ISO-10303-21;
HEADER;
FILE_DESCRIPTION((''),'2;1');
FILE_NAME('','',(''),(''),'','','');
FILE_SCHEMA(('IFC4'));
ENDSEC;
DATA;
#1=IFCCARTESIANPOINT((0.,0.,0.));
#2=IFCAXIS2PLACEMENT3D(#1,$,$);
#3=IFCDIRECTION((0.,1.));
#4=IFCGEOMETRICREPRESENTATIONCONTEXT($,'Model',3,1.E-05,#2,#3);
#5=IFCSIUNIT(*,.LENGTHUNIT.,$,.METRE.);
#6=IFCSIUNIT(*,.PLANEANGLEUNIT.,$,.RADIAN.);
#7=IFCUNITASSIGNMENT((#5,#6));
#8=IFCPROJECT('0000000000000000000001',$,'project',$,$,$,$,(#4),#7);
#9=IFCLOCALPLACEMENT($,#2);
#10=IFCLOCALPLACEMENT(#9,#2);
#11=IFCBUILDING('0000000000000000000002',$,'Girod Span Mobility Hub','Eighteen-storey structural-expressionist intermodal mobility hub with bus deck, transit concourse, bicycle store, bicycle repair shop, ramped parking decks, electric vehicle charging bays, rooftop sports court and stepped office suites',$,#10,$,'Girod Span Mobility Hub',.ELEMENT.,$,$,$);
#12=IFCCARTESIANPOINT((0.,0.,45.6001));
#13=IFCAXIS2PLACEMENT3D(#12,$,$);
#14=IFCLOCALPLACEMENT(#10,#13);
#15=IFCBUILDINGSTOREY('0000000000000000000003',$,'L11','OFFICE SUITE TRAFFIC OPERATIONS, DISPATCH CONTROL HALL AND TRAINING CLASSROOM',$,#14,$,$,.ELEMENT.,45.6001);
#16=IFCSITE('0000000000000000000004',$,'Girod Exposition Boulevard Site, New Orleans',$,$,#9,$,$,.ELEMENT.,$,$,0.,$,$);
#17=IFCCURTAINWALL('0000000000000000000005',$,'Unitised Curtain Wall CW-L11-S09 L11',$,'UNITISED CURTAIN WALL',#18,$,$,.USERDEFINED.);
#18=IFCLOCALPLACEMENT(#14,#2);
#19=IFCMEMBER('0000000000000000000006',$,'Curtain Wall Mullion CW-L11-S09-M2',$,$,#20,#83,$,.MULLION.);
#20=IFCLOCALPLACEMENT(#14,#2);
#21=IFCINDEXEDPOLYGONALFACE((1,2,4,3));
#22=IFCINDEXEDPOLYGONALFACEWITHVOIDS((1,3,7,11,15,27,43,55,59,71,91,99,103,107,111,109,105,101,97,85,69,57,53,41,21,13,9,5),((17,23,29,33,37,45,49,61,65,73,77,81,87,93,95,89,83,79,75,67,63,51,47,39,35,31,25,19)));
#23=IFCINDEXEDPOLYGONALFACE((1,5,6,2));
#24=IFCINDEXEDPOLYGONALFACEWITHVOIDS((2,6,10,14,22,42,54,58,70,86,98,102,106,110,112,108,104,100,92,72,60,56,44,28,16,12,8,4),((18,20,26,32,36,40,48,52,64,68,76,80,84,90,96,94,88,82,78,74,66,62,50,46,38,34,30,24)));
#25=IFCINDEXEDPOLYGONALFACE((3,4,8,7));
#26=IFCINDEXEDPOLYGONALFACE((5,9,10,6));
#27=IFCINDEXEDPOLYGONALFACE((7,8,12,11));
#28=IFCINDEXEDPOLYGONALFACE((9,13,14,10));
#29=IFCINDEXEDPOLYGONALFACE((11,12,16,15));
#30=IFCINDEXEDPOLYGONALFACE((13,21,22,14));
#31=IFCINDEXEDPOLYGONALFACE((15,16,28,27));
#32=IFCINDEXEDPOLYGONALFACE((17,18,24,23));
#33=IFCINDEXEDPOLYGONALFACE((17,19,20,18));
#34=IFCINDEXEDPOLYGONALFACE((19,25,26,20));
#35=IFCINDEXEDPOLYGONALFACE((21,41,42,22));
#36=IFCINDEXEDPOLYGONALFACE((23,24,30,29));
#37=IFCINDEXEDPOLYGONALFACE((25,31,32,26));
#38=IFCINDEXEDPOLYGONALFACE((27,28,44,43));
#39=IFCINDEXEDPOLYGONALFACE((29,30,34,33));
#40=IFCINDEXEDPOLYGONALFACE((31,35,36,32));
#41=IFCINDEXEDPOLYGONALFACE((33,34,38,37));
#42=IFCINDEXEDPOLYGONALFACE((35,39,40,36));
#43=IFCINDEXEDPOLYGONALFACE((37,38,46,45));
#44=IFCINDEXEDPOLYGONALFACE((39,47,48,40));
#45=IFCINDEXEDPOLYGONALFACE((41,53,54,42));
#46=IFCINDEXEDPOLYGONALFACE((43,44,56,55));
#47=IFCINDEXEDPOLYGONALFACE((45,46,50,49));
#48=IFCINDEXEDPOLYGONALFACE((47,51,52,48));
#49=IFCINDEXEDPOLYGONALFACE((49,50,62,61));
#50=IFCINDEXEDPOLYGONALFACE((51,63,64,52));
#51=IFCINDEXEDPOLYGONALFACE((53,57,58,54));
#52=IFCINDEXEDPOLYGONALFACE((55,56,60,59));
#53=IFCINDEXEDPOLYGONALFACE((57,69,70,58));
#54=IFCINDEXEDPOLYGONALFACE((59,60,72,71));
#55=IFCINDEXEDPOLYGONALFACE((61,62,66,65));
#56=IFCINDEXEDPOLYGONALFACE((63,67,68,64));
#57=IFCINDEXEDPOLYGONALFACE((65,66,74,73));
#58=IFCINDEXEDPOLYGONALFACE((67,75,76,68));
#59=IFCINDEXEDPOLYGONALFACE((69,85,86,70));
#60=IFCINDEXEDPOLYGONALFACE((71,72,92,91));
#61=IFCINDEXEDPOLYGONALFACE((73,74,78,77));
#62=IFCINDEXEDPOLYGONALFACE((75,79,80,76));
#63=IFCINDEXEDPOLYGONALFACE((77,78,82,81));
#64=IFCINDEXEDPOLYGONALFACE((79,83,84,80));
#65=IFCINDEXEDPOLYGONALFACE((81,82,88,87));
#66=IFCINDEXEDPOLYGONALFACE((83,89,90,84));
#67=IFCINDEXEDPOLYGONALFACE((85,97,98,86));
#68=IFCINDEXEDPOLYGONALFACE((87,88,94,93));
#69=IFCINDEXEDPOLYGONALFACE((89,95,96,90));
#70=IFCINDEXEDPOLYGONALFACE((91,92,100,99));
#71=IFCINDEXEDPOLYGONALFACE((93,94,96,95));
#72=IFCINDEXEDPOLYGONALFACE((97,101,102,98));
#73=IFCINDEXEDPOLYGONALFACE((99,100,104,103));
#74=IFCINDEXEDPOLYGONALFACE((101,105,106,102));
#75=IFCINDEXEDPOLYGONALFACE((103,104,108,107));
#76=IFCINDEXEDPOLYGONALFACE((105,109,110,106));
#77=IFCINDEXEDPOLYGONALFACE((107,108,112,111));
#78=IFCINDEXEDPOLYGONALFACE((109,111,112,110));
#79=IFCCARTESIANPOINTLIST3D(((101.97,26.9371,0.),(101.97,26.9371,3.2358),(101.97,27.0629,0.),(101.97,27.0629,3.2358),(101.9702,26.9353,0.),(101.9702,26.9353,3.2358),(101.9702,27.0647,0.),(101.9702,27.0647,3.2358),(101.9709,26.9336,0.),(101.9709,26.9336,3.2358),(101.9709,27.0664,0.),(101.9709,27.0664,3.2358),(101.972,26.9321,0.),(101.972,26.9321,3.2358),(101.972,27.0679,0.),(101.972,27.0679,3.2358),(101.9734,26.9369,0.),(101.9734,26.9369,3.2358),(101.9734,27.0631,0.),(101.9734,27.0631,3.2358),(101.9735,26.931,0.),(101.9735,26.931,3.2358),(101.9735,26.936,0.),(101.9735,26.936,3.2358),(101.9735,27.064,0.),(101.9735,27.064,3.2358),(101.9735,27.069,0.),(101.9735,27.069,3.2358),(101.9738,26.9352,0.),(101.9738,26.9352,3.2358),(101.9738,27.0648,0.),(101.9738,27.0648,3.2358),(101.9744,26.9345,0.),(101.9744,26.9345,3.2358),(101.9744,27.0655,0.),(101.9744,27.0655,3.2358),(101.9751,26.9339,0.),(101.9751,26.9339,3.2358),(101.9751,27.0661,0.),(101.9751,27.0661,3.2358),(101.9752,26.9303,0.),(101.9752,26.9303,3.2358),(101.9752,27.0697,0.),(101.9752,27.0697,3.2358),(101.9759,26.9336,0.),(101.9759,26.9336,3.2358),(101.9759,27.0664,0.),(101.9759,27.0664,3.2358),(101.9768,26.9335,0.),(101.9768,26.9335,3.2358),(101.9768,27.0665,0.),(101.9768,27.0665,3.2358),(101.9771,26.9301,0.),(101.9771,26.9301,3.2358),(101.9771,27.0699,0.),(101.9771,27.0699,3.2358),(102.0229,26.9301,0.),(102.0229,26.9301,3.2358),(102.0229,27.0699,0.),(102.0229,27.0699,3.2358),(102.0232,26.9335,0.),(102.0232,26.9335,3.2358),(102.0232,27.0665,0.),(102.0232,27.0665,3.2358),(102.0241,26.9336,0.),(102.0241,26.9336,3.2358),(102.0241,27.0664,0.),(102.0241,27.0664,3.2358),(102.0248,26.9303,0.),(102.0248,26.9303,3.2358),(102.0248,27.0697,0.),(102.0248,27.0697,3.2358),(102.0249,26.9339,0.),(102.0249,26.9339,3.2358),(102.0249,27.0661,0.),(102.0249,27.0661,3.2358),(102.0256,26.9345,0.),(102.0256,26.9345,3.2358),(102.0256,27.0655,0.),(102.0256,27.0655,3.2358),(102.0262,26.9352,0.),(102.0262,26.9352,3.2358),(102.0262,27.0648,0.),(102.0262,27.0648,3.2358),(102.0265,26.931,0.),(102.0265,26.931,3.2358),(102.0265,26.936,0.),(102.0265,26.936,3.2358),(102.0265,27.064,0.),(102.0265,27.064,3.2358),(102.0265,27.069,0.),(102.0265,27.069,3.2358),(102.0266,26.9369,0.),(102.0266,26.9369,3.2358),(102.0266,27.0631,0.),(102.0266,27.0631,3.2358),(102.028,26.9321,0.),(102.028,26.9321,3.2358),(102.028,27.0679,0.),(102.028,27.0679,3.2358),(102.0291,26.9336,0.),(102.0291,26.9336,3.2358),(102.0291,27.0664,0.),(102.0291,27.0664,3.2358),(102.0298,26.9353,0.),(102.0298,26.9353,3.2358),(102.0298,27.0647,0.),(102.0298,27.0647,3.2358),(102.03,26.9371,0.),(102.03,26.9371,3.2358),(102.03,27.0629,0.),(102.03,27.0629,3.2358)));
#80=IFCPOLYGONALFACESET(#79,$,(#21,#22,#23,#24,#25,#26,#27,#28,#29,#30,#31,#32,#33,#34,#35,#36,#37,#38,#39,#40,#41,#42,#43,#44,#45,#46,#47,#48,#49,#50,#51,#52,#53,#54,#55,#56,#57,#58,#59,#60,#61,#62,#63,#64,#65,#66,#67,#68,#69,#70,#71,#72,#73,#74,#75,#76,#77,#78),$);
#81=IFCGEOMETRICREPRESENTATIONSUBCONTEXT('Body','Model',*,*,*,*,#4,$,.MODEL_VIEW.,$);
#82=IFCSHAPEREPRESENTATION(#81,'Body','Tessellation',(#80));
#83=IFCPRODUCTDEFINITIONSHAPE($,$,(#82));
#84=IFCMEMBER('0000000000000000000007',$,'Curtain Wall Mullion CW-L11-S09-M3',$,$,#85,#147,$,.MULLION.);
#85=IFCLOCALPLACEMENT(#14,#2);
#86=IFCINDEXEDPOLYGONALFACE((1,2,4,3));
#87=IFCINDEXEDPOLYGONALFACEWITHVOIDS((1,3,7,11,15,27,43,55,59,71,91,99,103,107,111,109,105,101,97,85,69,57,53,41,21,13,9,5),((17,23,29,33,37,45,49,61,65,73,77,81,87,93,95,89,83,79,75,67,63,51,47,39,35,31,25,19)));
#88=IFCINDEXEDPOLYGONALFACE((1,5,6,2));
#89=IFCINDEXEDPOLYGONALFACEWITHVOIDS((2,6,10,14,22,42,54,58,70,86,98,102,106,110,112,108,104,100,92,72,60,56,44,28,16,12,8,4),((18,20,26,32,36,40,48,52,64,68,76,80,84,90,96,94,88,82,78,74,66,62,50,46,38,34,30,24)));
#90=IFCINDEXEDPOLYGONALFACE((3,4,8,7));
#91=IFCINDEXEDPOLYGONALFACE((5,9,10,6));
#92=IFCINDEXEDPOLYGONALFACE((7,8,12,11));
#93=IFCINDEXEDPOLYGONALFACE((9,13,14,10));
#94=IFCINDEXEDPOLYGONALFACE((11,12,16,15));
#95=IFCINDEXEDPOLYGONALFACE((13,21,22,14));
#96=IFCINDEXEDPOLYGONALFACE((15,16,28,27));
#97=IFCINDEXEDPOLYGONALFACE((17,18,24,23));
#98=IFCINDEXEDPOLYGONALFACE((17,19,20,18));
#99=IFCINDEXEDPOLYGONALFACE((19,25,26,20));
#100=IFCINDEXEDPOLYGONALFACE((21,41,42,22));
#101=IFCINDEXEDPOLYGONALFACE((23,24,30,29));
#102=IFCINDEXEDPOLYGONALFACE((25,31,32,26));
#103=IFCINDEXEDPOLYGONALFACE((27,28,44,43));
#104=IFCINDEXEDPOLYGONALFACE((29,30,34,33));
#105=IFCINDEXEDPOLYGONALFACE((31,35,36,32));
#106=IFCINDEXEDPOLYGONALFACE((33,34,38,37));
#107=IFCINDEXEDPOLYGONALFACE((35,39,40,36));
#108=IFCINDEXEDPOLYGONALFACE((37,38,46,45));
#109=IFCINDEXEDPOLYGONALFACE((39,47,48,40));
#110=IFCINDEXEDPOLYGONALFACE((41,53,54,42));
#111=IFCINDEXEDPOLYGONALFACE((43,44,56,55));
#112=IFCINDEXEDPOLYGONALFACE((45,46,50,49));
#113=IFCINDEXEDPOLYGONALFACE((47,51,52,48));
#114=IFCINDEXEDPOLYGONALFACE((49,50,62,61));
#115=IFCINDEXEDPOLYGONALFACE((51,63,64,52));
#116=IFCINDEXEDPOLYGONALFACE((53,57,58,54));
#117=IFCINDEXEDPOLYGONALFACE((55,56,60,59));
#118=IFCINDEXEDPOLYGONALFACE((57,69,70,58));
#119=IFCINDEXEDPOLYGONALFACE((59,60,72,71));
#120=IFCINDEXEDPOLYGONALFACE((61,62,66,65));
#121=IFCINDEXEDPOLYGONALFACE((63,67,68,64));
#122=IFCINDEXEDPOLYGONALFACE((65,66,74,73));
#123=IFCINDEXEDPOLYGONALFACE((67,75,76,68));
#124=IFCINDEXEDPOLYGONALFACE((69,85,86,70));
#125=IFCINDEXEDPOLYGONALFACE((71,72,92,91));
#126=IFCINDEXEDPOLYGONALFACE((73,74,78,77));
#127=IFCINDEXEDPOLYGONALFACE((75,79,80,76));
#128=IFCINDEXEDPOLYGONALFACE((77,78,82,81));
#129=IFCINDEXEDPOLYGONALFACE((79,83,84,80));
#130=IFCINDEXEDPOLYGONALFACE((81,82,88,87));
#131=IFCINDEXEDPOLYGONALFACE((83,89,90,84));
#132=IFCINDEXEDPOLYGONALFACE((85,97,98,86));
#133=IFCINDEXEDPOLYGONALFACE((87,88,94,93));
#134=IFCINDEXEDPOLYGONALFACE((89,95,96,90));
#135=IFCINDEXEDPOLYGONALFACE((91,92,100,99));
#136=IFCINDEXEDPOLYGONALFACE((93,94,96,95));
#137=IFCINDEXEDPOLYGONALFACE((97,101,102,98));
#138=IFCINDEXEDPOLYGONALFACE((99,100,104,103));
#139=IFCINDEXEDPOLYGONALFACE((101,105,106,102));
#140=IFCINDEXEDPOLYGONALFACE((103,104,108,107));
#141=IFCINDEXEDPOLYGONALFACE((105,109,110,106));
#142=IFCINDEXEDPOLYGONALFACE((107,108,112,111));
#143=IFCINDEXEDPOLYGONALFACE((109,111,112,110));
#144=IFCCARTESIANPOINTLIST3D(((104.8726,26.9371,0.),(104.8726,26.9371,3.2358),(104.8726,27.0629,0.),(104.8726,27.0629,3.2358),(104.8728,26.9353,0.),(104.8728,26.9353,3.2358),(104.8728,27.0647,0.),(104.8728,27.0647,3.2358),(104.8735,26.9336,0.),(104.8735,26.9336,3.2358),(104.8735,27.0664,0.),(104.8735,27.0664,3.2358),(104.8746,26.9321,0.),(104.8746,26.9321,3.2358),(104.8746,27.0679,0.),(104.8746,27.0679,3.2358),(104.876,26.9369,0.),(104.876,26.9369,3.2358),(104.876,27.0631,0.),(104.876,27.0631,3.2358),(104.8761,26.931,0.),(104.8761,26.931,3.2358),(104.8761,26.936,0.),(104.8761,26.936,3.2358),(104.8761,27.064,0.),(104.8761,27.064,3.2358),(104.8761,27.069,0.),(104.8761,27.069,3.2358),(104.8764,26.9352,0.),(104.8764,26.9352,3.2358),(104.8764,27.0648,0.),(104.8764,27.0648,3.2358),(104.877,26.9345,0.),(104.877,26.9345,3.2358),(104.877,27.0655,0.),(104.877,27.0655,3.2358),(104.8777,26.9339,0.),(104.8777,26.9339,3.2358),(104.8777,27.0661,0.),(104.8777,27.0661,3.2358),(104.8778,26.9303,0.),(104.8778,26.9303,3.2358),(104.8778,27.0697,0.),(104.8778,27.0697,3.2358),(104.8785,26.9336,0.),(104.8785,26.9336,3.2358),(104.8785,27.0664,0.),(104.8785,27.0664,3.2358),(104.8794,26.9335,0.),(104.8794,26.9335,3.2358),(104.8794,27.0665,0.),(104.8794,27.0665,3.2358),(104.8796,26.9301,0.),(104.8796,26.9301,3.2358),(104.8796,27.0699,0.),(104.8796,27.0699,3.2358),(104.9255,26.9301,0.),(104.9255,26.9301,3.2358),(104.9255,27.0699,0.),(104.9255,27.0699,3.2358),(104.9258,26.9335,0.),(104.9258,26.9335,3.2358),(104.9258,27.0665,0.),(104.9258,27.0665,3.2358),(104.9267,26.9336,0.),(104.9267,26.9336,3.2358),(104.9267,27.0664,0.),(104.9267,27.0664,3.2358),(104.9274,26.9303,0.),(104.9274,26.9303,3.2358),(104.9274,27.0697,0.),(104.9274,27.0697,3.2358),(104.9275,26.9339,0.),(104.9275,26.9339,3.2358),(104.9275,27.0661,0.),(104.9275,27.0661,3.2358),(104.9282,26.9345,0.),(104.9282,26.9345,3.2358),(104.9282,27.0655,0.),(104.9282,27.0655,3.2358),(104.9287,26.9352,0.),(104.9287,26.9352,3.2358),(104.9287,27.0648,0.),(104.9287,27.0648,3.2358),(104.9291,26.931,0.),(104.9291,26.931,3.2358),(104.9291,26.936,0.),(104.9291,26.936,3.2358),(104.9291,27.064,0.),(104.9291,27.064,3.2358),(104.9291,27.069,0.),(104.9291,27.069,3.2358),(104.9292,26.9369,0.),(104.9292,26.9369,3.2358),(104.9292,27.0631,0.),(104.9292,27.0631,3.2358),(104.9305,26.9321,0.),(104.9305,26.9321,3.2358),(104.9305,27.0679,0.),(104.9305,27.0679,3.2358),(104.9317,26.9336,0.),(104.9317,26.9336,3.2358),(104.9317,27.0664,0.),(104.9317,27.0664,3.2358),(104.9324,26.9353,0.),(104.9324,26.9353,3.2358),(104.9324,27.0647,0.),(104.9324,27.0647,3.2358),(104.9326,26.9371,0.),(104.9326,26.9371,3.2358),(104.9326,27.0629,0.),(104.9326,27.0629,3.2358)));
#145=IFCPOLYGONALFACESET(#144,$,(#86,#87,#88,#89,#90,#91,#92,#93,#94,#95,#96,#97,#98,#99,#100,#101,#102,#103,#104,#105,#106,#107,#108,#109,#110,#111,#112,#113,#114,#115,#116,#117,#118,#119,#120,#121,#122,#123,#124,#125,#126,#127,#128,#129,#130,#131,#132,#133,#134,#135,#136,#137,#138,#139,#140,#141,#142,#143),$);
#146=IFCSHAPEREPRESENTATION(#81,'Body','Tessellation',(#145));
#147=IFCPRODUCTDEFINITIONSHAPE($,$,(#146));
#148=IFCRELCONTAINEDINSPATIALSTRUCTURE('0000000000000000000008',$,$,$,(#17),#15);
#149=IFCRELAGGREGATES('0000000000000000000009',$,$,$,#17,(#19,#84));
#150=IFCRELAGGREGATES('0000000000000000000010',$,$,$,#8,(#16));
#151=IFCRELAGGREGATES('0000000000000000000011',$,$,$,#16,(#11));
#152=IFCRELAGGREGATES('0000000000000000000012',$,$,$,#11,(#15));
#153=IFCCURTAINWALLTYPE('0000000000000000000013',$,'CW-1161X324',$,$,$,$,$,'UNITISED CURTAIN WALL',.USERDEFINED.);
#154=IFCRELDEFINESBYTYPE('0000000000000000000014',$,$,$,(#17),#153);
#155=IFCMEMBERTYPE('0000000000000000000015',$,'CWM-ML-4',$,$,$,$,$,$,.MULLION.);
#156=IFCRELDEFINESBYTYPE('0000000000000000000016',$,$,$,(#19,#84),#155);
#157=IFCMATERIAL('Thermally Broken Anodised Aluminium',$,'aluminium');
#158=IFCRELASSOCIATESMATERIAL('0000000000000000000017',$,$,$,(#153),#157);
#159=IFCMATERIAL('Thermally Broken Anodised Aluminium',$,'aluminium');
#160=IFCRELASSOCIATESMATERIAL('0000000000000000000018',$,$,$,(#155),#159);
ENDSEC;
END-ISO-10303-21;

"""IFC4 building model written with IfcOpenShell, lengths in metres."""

from ifc_helpers import new_model, si_unit, direction, frame, origin, origin_2d, place, context, subcontext, project, spatial, hollow_rectangle, extrude, material, material_profile, profile_set, type_object, element, aggregate, save


model = new_model("IFC4")

# Units and contexts
model_context = context("Model", 3, precision=1e-05, world=origin(), true_north=direction((0.0, 1.0)))
body_context = subcontext(model_context, "Body", "Model", "MODEL_VIEW")
ifc_project = project(units=[si_unit("LENGTHUNIT", "METRE"), si_unit("PLANEANGLEUNIT", "RADIAN")], contexts=[model_context])

# Site, building, storey
site_placement = place(None, origin())
site = spatial("IfcSite", under=ifc_project, at=site_placement, Name="Girod Exposition Boulevard Site, New Orleans", CompositionType="ELEMENT", RefElevation=0.0)
building_placement = place(site_placement, origin())
building = spatial("IfcBuilding", under=site, at=building_placement, Name="Girod Span Mobility Hub", Description="Eighteen-storey structural-expressionist intermodal mobility hub with bus deck, transit concourse, bicycle store, bicycle repair shop, ramped parking decks, electric vehicle charging bays, rooftop sports court and stepped office suites", LongName="Girod Span Mobility Hub", CompositionType="ELEMENT")
storey_placement = place(building_placement, frame((0.0, 0.0, 45.6001)))
storey = spatial("IfcBuildingStorey", under=building, at=storey_placement, Name="L11", Description="OFFICE SUITE TRAFFIC OPERATIONS, DISPATCH CONTROL HALL AND TRAINING CLASSROOM", CompositionType="ELEMENT", Elevation=45.6001)

# Curtain wall, members
ifc_material_1 = material(Name="Thermally Broken Anodised Aluminium", Category="aluminium")
curtain_wall_type = type_object("IfcCurtainWallType", Name="CW-1161X324", ElementType="UNITISED CURTAIN WALL", PredefinedType="USERDEFINED", material=ifc_material_1)
curtain_wall_1_placement = place(storey_placement, origin())
curtain_wall_1 = element("IfcCurtainWall", 1, at=curtain_wall_1_placement, inside=storey, type_object=curtain_wall_type, Name="Unitised Curtain Wall CW-L11-S09 L11", ObjectType="UNITISED CURTAIN WALL", PredefinedType="USERDEFINED")
ifc_material_2 = material(Name="Thermally Broken Anodised Aluminium", Category="aluminium")
ifc_material_profile_1 = material_profile(ifc_material_2, hollow_rectangle(XDim=0.1399, YDim=0.0601, WallThickness=0.0034, InnerFilletRadius=0.0034, OuterFilletRadius=0.0071, at=origin_2d()), Name="CW-ML-60X140")
ifc_profile_set_1 = profile_set([ifc_material_profile_1], Name="Thermally Broken Anodised Aluminium")
member_type_1 = type_object("IfcMemberType", Name="CWM-ML-4", PredefinedType="MULLION", material=ifc_profile_set_1)
member_1_placement = place(storey_placement, frame((102.0, 27.0, 0.0), z_axis=(0.0, 0.0, 1.0), x_axis=(0.0, 1.0, 0.0)))
member_1 = element("IfcMember", 2, at=member_1_placement, type_object=member_type_1, Name="Curtain Wall Mullion CW-L11-S09-M2", PredefinedType="MULLION", context=body_context, shape_type="SweptSolid", body=[
    extrude(hollow_rectangle(XDim=0.1399, YDim=0.0601, WallThickness=0.0034, InnerFilletRadius=0.0034, OuterFilletRadius=0.0071, at=origin_2d()), origin(), (0.0, 0.0, 1.0), 3.2358),
])
member_2_placement = place(storey_placement, frame((104.9026, 27.0, 0.0), z_axis=(0.0, 0.0, 1.0), x_axis=(0.0, 1.0, 0.0)))
member_2 = element("IfcMember", 3, at=member_2_placement, type_object=member_type_1, Name="Curtain Wall Mullion CW-L11-S09-M3", PredefinedType="MULLION", context=body_context, shape_type="SweptSolid", body=[
    extrude(hollow_rectangle(XDim=0.1399, YDim=0.0601, WallThickness=0.0034, InnerFilletRadius=0.0034, OuterFilletRadius=0.0071, at=origin_2d()), origin(), (0.0, 0.0, 1.0), 3.2358),
])

aggregate(curtain_wall_1, [member_1, member_2])

save(model, "model.ifc")
